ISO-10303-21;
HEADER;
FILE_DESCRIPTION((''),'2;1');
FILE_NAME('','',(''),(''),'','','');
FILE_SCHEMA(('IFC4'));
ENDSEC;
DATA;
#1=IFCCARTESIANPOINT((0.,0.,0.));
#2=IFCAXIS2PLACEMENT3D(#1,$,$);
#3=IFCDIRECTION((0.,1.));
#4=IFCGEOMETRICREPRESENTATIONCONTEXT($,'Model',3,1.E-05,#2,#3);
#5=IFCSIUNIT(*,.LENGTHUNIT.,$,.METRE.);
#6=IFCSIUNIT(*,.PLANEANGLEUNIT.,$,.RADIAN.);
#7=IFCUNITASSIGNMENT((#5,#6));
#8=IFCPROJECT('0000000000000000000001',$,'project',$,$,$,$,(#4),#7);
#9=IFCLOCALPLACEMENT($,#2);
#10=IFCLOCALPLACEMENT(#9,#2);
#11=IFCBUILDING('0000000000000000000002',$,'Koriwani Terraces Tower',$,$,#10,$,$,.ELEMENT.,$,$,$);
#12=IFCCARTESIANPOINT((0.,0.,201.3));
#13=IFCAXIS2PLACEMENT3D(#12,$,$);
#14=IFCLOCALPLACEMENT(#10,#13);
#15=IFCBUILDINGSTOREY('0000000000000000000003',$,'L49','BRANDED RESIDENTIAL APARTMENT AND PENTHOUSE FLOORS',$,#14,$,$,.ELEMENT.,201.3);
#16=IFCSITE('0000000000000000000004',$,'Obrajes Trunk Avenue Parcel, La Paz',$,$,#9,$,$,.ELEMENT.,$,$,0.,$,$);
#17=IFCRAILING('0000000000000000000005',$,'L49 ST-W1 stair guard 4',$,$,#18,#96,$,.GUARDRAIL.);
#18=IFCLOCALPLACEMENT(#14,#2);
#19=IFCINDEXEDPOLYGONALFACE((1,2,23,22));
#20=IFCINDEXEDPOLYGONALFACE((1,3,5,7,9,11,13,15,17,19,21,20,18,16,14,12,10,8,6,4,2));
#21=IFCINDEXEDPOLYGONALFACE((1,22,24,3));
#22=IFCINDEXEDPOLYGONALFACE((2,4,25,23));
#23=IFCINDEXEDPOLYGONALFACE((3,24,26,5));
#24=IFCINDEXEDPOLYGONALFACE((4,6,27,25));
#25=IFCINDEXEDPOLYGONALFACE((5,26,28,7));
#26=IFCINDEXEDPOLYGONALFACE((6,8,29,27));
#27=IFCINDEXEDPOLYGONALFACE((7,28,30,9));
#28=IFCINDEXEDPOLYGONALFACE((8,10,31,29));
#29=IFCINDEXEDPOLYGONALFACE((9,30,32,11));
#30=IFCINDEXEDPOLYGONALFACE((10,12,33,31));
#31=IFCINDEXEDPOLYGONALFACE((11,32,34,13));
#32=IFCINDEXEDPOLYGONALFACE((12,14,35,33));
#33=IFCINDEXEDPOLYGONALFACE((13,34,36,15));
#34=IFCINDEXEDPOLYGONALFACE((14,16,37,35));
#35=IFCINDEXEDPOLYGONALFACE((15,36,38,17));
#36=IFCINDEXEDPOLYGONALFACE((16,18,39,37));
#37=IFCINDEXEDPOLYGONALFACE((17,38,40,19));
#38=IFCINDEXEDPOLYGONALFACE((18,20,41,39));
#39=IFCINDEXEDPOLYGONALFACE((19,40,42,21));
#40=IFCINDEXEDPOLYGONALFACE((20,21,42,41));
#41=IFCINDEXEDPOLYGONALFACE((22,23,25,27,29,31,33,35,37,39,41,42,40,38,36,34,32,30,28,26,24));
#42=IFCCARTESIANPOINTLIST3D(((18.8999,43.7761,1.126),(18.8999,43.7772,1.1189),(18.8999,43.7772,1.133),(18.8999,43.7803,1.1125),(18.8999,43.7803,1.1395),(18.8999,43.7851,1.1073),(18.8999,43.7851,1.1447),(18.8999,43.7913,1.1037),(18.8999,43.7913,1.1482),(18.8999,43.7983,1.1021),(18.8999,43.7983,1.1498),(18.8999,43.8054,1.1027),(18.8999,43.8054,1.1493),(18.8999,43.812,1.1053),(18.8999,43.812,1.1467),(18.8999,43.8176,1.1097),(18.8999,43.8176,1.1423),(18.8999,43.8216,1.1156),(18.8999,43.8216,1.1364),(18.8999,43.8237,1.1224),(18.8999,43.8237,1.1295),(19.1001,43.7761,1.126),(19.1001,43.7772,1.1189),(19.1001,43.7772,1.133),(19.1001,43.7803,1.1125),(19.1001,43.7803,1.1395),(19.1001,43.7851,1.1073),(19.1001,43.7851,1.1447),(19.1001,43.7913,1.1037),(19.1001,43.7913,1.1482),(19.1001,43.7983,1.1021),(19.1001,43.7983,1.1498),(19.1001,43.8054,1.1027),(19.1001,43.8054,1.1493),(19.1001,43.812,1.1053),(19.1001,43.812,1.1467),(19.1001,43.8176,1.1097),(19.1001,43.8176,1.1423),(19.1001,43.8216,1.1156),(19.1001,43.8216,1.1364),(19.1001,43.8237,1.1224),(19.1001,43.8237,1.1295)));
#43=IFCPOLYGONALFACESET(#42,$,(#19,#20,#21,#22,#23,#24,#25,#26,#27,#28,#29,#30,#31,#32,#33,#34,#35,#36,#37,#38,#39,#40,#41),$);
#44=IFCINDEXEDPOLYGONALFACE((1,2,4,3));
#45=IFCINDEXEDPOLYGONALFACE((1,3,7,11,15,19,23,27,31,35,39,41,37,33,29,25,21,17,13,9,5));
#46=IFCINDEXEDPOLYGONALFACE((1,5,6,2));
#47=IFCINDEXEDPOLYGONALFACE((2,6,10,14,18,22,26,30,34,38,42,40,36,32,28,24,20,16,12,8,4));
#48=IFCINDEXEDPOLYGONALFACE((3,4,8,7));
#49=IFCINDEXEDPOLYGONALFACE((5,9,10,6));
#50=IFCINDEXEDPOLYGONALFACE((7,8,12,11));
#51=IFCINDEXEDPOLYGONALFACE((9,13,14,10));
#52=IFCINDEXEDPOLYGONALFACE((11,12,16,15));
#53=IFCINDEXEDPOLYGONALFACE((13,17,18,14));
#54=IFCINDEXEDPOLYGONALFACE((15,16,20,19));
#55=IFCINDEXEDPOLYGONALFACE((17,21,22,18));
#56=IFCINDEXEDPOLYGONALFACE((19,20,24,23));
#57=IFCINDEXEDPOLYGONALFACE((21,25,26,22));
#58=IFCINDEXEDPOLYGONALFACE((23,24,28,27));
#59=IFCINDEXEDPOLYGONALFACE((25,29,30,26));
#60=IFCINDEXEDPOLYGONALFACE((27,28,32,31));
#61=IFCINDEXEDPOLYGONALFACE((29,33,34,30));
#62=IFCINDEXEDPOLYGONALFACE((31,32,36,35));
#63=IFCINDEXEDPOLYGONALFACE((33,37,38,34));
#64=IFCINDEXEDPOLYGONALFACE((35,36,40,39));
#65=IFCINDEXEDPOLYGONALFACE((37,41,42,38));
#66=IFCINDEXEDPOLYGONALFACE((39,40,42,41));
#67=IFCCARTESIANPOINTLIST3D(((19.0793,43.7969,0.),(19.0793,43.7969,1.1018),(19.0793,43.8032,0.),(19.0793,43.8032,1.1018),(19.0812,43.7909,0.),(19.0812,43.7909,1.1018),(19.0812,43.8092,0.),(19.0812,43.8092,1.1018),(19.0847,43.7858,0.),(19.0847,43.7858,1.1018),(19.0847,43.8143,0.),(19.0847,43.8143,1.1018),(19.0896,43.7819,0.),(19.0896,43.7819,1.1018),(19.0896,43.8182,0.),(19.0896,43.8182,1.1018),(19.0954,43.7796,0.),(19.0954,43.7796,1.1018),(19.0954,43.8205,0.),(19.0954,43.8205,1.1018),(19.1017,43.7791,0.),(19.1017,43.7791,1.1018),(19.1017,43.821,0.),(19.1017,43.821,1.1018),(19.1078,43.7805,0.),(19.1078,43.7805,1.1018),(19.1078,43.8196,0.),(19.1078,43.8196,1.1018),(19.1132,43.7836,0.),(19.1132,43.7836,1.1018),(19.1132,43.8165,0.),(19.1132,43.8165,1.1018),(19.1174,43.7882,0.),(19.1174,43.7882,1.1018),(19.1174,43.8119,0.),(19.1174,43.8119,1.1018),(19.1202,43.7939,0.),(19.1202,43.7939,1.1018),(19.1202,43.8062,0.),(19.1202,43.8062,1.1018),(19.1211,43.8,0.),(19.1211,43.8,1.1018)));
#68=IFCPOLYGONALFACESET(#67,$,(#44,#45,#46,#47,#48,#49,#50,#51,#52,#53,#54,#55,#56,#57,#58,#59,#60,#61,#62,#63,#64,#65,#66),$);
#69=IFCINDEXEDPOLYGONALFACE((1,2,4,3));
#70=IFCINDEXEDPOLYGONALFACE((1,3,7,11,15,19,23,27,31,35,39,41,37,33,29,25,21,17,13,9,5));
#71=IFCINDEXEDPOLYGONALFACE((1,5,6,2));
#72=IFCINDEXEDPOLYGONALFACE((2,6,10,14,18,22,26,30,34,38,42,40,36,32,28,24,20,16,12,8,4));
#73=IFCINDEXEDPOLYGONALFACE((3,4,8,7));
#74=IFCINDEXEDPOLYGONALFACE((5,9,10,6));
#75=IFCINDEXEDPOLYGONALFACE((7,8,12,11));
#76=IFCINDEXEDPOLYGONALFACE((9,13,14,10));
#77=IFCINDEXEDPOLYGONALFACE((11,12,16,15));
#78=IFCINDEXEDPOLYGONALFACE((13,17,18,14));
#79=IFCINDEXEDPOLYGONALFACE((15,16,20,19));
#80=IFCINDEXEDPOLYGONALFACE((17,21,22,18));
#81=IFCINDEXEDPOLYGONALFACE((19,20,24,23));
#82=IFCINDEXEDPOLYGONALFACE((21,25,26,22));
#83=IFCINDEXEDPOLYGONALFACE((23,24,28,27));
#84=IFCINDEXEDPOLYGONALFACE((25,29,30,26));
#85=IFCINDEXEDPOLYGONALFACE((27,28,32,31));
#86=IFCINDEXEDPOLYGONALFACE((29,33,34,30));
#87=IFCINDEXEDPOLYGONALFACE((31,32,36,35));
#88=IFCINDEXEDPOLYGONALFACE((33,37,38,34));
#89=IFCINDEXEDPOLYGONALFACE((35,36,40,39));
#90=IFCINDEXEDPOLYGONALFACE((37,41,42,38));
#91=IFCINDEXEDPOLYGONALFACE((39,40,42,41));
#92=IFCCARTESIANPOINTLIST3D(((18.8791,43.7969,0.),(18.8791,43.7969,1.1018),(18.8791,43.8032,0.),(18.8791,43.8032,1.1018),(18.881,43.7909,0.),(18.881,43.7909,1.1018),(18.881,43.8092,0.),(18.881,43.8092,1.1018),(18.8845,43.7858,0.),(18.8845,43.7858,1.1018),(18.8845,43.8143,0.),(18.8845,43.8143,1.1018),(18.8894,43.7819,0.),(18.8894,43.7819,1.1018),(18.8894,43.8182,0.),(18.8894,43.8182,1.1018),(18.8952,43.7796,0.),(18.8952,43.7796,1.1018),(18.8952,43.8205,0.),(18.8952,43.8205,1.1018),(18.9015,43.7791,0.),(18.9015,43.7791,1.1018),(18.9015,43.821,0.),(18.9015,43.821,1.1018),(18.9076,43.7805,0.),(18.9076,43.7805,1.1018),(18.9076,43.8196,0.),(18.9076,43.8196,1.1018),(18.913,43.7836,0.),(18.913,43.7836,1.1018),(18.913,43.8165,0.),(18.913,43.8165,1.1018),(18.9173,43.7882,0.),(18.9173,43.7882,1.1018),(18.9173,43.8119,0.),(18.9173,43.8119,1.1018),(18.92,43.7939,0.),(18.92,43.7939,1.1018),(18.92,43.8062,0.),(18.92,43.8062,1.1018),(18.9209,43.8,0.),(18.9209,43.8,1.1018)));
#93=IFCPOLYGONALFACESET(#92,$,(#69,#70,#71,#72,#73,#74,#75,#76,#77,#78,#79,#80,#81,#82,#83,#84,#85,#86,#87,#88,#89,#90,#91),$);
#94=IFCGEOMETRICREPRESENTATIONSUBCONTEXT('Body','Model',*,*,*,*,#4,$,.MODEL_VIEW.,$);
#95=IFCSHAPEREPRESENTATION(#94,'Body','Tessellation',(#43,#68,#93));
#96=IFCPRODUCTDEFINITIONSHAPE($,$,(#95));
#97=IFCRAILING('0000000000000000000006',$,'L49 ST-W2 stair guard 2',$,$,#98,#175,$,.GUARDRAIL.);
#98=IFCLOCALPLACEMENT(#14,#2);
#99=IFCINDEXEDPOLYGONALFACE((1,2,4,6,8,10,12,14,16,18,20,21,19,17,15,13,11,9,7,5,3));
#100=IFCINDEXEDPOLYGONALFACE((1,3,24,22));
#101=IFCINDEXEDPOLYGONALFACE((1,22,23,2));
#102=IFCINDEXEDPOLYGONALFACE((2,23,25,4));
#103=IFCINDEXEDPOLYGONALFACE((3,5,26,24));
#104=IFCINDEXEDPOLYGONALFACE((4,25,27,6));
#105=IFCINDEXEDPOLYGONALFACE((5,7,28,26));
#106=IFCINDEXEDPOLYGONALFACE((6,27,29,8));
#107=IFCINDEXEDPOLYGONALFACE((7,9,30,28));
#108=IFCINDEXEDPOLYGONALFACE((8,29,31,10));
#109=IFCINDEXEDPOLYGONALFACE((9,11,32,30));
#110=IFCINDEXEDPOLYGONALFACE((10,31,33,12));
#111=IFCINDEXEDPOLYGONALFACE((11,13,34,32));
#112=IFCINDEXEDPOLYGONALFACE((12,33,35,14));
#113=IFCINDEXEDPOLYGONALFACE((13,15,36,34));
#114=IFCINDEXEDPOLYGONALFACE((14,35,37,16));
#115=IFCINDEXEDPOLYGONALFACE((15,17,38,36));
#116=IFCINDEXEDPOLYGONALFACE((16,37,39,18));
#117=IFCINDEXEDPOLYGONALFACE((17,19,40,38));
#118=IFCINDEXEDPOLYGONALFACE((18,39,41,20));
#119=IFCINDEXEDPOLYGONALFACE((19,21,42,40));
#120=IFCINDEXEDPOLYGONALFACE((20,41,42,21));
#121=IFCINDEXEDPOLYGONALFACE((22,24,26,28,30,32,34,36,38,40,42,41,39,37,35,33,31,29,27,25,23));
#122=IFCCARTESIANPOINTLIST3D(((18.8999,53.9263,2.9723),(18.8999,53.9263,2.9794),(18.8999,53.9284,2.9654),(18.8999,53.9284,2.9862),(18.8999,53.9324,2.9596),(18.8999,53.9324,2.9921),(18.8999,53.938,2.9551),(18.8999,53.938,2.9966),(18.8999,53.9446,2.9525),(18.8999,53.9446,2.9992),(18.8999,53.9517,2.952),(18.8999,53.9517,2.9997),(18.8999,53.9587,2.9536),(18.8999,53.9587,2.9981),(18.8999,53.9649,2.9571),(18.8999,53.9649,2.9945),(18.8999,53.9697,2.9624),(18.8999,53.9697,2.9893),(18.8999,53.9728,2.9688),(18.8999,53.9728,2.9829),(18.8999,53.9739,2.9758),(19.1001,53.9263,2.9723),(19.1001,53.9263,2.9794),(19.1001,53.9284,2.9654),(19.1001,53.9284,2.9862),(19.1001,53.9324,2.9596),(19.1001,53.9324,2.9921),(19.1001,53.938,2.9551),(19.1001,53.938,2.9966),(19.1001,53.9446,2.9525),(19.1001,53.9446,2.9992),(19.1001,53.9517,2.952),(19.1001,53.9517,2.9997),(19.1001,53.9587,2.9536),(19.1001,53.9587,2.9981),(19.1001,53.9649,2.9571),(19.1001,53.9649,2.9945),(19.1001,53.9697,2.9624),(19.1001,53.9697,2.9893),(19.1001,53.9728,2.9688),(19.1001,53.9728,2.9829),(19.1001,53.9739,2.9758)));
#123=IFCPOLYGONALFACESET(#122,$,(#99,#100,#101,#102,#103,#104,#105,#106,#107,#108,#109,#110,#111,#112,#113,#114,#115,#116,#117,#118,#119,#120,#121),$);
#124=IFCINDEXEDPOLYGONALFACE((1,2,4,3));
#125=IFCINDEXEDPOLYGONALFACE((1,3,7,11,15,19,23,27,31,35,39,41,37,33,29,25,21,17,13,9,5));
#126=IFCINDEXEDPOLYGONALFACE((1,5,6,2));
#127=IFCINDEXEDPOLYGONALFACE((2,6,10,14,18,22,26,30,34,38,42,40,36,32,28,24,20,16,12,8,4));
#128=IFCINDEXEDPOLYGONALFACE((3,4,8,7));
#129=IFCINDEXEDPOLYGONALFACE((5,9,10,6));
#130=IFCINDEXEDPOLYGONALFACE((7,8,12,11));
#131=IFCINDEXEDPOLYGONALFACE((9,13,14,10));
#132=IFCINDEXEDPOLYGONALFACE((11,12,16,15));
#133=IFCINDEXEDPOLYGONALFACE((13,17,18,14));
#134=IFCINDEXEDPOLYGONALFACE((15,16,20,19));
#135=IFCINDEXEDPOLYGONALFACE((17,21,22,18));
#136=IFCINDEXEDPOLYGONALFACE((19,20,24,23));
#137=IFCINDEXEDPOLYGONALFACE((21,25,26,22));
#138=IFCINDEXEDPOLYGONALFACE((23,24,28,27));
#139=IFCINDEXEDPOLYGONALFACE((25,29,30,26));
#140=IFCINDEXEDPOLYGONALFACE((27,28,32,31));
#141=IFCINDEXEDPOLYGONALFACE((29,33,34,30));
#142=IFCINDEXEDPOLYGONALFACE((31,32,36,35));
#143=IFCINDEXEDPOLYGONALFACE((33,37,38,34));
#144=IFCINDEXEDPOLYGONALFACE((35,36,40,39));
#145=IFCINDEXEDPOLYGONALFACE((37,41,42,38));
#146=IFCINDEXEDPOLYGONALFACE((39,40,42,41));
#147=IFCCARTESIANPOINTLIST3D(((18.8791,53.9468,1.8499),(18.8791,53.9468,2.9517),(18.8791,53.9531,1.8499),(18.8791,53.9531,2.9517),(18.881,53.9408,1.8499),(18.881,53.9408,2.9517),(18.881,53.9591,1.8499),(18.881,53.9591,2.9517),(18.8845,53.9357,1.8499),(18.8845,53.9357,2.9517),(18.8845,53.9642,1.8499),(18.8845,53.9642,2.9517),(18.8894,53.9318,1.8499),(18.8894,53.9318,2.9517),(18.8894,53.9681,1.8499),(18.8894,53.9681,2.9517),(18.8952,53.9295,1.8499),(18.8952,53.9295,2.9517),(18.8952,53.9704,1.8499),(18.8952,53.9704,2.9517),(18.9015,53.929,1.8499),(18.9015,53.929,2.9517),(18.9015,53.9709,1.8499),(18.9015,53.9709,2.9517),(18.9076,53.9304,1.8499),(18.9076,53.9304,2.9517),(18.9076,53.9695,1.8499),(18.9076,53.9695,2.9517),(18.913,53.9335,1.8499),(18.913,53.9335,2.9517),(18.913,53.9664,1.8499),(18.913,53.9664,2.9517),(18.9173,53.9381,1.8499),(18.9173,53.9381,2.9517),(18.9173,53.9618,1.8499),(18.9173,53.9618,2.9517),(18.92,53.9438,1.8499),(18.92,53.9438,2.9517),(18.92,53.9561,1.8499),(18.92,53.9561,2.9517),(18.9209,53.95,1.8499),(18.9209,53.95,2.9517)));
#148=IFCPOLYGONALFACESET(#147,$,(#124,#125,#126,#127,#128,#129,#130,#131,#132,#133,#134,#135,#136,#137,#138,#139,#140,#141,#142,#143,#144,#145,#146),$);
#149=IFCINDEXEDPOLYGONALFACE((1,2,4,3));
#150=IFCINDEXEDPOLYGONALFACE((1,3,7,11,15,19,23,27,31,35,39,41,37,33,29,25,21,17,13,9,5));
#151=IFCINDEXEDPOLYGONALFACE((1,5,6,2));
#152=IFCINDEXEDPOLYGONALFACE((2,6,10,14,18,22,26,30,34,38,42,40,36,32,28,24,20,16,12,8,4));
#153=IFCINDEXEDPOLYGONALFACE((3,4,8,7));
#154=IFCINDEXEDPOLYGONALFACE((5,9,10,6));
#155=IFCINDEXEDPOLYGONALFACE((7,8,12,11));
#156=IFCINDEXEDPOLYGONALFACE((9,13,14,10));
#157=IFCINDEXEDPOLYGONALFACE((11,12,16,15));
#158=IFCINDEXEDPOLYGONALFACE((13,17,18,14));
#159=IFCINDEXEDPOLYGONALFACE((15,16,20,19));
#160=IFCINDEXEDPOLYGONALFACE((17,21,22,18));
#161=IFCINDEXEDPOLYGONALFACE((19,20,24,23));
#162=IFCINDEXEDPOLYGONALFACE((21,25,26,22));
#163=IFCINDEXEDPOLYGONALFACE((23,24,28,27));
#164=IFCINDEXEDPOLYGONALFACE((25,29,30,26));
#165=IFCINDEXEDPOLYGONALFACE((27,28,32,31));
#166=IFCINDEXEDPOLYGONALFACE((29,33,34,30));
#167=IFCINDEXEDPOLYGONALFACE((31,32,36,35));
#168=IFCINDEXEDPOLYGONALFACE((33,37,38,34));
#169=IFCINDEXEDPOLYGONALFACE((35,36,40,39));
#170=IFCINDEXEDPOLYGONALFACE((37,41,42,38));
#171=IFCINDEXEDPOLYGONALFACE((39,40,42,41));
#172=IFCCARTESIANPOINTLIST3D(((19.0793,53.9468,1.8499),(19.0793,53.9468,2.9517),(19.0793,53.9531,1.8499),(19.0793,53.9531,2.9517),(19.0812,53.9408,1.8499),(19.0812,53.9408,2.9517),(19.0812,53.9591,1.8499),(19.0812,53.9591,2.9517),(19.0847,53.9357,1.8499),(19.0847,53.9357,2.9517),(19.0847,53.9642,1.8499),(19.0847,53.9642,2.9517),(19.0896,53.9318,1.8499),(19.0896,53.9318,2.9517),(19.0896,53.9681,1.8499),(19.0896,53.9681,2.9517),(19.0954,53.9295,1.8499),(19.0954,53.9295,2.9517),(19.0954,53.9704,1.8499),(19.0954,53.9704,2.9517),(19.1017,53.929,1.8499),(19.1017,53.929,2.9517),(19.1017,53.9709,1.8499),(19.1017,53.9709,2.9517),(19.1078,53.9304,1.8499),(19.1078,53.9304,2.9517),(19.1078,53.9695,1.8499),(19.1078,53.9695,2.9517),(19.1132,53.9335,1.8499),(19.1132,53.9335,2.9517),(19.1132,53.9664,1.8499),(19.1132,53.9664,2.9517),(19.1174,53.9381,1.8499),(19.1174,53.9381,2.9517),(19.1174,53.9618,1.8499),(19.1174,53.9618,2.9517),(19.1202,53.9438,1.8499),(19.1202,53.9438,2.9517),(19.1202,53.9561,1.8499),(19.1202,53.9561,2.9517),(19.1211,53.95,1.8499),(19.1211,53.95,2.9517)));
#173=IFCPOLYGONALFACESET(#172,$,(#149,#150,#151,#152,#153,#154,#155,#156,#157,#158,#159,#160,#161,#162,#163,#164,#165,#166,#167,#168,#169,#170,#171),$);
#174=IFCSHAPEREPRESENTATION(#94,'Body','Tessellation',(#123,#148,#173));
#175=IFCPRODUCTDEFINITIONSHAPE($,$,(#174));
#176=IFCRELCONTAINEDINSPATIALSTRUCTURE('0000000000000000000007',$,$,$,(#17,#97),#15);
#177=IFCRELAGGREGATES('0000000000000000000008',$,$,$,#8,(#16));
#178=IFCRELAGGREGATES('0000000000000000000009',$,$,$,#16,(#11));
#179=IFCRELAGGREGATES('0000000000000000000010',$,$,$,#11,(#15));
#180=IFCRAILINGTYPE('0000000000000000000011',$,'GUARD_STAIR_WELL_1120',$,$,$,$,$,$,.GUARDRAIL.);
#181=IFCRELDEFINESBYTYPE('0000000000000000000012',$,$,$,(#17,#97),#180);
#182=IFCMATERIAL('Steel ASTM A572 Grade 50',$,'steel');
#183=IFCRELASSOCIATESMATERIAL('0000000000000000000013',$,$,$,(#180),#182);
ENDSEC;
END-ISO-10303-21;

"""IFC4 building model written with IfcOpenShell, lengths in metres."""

from ifc_helpers import new_model, si_unit, direction, frame, origin, origin_2d, place, context, subcontext, project, spatial, circle, extrude, material, type_object, element, save


model = new_model("IFC4")

# Units and contexts
model_context = context("Model", 3, precision=1e-05, world=origin(), true_north=direction((0.0, 1.0)))
body_context = subcontext(model_context, "Body", "Model", "MODEL_VIEW")
ifc_project = project(units=[si_unit("LENGTHUNIT", "METRE"), si_unit("PLANEANGLEUNIT", "RADIAN")], contexts=[model_context])

# Site, building, storey
site_placement = place(None, origin())
site = spatial("IfcSite", under=ifc_project, at=site_placement, Name="Obrajes Trunk Avenue Parcel, La Paz", CompositionType="ELEMENT", RefElevation=0.0)
building_placement = place(site_placement, origin())
building = spatial("IfcBuilding", under=site, at=building_placement, Name="Koriwani Terraces Tower", CompositionType="ELEMENT")
storey_placement = place(building_placement, frame((0.0, 0.0, 201.3)))
storey = spatial("IfcBuildingStorey", under=building, at=storey_placement, Name="L49", Description="BRANDED RESIDENTIAL APARTMENT AND PENTHOUSE FLOORS", CompositionType="ELEMENT", Elevation=201.3)

# Shared definitions
ifc_material_1 = material(Name="Steel ASTM A572 Grade 50", Category="steel")

# Railings
railing_type_1 = type_object("IfcRailingType", Name="GUARD_STAIR_WELL_1120", PredefinedType="GUARDRAIL", material=ifc_material_1)
railing_1_placement = place(storey_placement, frame((19.1001, 43.8, 0.0)))
element("IfcRailing", 1, at=railing_1_placement, inside=storey, type_object=railing_type_1, Name="L49 ST-W1 stair guard 4", PredefinedType="GUARDRAIL", context=body_context, shape_type="SweptSolid", body=[
    extrude(circle(Radius=0.0239, at=origin_2d()), frame((0.0, 0.0, 1.126), z_axis=(-1.0, 0.0, 0.0), x_axis=(0.0, -1.0, 0.0)), (0.0, 0.0, 1.0), 0.2002),
    extrude(circle(Radius=0.021, at=origin_2d()), origin(), (0.0, 0.0, 1.0), 1.1018),
    extrude(circle(Radius=0.021, at=origin_2d()), frame((-0.2002, 0.0, 0.0)), (0.0, 0.0, 1.0), 1.1018),
])
railing_2_placement = place(storey_placement, frame((18.8999, 53.95, 1.8499)))
element("IfcRailing", 2, at=railing_2_placement, inside=storey, type_object=railing_type_1, Name="L49 ST-W2 stair guard 2", PredefinedType="GUARDRAIL", context=body_context, shape_type="SweptSolid", body=[
    extrude(circle(Radius=0.0239, at=origin_2d()), frame((0.0, 0.0, 1.126), z_axis=(1.0, 0.0, 0.0), x_axis=(0.0, 1.0, 0.0)), (0.0, 0.0, 1.0), 0.2002),
    extrude(circle(Radius=0.021, at=origin_2d()), origin(), (0.0, 0.0, 1.0), 1.1018),
    extrude(circle(Radius=0.021, at=origin_2d()), frame((0.2002, 0.0, 0.0)), (0.0, 0.0, 1.0), 1.1018),
])

save(model, "model.ifc")
